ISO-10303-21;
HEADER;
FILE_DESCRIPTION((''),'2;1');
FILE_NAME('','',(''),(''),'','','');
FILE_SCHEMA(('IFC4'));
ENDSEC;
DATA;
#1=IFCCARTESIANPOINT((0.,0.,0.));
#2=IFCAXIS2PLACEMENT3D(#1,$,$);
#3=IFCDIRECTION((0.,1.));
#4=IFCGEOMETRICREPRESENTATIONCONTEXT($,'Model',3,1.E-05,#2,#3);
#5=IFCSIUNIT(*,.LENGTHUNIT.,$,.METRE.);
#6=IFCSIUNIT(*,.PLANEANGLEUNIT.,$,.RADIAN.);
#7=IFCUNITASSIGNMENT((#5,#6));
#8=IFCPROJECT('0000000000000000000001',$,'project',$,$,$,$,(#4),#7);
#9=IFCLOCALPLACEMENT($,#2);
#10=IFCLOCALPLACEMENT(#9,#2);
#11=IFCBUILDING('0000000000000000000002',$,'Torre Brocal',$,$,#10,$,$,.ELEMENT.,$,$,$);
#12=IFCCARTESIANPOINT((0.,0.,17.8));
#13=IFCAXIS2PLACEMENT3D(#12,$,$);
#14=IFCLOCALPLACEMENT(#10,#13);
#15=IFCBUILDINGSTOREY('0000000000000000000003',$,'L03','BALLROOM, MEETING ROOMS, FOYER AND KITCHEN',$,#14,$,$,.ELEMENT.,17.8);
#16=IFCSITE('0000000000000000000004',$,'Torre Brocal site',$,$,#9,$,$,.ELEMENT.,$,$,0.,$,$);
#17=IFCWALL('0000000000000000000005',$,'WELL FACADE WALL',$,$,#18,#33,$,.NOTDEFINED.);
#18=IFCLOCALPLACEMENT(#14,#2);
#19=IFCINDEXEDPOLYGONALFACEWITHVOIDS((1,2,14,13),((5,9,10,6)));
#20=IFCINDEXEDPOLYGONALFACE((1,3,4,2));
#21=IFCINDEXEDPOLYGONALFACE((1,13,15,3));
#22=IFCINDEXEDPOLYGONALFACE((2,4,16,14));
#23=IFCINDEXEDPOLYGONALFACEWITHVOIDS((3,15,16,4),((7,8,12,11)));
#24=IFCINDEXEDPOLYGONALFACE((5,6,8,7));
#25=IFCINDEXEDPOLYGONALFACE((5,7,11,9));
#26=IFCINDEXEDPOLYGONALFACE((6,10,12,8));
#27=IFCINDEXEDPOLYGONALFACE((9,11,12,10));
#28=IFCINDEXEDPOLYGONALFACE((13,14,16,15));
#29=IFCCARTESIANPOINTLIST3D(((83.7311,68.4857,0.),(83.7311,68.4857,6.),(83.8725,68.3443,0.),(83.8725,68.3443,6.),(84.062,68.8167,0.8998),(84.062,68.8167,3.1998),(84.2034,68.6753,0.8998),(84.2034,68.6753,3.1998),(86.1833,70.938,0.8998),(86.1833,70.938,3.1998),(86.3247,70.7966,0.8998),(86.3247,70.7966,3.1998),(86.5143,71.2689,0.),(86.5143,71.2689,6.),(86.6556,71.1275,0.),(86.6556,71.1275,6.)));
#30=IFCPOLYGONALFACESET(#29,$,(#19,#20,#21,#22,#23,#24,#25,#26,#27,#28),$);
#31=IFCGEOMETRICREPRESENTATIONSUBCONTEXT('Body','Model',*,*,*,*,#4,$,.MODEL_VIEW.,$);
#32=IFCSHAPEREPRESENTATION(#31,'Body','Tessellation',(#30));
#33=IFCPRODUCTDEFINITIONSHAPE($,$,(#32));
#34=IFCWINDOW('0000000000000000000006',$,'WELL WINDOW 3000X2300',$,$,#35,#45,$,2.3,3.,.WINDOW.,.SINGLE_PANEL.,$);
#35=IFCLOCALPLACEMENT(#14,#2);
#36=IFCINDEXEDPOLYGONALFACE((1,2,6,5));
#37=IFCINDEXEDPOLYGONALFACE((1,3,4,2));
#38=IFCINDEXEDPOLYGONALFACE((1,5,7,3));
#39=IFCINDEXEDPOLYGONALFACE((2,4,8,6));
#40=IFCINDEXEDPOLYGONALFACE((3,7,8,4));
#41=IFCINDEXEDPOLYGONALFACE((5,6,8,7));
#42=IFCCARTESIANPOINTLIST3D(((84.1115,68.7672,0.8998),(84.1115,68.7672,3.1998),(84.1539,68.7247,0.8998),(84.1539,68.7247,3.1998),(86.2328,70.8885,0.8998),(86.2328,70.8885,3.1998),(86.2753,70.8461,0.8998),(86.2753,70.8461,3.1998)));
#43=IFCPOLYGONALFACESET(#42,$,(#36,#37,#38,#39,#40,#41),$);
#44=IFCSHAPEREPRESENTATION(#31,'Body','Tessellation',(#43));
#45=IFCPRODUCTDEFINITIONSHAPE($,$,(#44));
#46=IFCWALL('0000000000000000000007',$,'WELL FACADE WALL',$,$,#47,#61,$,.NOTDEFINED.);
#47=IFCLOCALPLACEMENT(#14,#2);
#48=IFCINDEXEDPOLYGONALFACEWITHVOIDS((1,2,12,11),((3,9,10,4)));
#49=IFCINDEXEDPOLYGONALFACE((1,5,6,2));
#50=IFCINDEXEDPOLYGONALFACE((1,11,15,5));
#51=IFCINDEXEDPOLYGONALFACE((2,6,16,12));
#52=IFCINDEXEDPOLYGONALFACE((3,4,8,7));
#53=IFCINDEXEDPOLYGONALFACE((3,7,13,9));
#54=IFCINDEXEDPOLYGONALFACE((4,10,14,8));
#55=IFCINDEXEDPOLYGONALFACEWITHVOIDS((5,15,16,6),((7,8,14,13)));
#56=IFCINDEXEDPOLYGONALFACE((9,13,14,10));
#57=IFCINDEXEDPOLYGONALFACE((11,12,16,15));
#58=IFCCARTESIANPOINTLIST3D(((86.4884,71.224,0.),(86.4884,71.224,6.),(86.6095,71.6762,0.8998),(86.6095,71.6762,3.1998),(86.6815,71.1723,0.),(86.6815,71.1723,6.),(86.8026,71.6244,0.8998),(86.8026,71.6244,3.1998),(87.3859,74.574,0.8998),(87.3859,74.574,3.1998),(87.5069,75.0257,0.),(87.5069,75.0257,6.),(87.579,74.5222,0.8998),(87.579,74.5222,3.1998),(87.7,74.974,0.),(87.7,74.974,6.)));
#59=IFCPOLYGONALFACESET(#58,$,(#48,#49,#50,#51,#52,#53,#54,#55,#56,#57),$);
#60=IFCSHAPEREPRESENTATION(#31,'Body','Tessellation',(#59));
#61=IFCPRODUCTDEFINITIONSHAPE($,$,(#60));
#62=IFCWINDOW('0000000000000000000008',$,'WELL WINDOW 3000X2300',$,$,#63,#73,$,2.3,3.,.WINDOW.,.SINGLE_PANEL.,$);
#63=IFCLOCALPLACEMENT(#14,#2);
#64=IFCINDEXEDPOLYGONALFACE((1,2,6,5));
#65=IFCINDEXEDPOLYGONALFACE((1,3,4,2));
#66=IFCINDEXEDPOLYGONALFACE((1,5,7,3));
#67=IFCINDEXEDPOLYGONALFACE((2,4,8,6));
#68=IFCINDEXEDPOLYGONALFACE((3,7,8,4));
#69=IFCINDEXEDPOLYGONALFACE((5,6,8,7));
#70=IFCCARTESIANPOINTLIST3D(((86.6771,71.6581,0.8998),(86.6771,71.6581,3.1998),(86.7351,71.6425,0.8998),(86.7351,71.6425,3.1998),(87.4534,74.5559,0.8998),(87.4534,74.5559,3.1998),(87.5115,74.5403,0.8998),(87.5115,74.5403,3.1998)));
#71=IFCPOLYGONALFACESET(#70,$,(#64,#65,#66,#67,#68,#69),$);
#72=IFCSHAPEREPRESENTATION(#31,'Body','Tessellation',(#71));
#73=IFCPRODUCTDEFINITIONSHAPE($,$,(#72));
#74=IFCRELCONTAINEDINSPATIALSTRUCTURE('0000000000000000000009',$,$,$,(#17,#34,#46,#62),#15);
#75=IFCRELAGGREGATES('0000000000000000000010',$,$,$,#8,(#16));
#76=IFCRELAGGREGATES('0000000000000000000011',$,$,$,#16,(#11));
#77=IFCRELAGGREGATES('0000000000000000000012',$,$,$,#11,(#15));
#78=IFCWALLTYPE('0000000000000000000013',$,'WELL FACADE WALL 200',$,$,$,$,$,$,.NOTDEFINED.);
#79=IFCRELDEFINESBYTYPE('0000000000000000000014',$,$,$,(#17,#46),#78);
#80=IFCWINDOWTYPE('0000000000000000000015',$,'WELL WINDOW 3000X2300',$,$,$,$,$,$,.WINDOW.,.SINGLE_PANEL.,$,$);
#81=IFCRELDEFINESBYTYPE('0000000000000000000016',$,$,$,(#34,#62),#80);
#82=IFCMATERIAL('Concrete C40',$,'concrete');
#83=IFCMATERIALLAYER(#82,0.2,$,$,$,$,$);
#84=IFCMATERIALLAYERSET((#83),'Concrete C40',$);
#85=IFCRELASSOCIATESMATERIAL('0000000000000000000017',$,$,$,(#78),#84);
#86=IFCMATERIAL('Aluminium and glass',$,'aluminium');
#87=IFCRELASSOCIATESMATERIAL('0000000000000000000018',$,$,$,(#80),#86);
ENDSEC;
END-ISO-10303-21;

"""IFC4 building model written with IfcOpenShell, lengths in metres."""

from ifc_helpers import new_model, si_unit, direction, frame, frame_2d, origin, place, context, subcontext, project, spatial, rectangle, extrude, material, layer, layer_set, type_object, element, fill, save


model = new_model("IFC4")

# Units and contexts
model_context = context("Model", 3, precision=1e-05, world=origin(), true_north=direction((0.0, 1.0)))
body_context = subcontext(model_context, "Body", "Model", "MODEL_VIEW")
ifc_project = project(units=[si_unit("LENGTHUNIT", "METRE"), si_unit("PLANEANGLEUNIT", "RADIAN")], contexts=[model_context])

# Site, building, storey
site_placement = place(None, origin())
site = spatial("IfcSite", under=ifc_project, at=site_placement, Name="Torre Brocal site", CompositionType="ELEMENT", RefElevation=0.0)
building_placement = place(site_placement, origin())
building = spatial("IfcBuilding", under=site, at=building_placement, Name="Torre Brocal", CompositionType="ELEMENT")
storey_placement = place(building_placement, frame((0.0, 0.0, 17.8)))
storey = spatial("IfcBuildingStorey", under=building, at=storey_placement, Name="L03", Description="BALLROOM, MEETING ROOMS, FOYER AND KITCHEN", CompositionType="ELEMENT", Elevation=17.8)

# Walls, openings, windows
ifc_material_1 = material(Name="Concrete C40", Category="concrete")
ifc_layer_1 = layer(ifc_material_1, 0.2)
ifc_layer_set_1 = layer_set([ifc_layer_1], Name="Concrete C40")
wall_type_1 = type_object("IfcWallType", Name="WELL FACADE WALL 200", PredefinedType="NOTDEFINED", material=ifc_layer_set_1)
ifc_material_2 = material(Name="Aluminium and glass", Category="aluminium")
window_type = type_object("IfcWindowType", Name="WELL WINDOW 3000X2300", PartitioningType="SINGLE_PANEL", PredefinedType="WINDOW", material=ifc_material_2)
wall_1_placement = place(storey_placement, frame((83.8018, 68.415, 0.0), z_axis=(0.0, 0.0, 1.0), x_axis=(0.707107, 0.707107, 0.0)))
wall_1 = element("IfcWall", 1, at=wall_1_placement, inside=storey, type_object=wall_type_1, Name="WELL FACADE WALL", PredefinedType="NOTDEFINED", context=body_context, shape_type="SweptSolid", body=[
    extrude(rectangle(XDim=3.936, YDim=0.2, at=frame_2d((1.968, 0.0))), origin(), (0.0, 0.0, 1.0), 6.0),
])
opening_1_placement = place(wall_1_placement, frame((0.468, 0.0, 0.8999)))
opening_1 = element("IfcOpeningElement", 2, at=opening_1_placement, cuts=wall_1, PredefinedType="OPENING", context=body_context, shape_type="SweptSolid", body=[
    extrude(rectangle(XDim=3.0, YDim=2.3, at=frame_2d((1.5, 1.1499))), frame((0.0, 0.1099, 0.0), z_axis=(0.0, -1.0, 0.0), x_axis=(1.0, 0.0, 0.0)), (0.0, 0.0, 1.0), 0.22),
])
window_1_placement = place(opening_1_placement, origin())
window_1 = element("IfcWindow", 3, at=window_1_placement, inside=storey, type_object=window_type, Name="WELL WINDOW 3000X2300", OverallHeight=2.3, OverallWidth=3.0, PartitioningType="SINGLE_PANEL", PredefinedType="WINDOW", context=body_context, shape_type="SweptSolid", body=[
    extrude(rectangle(XDim=3.0, YDim=2.3, at=frame_2d((1.5, 1.1499))), frame((0.0, 0.03, 0.0), z_axis=(0.0, -1.0, 0.0), x_axis=(1.0, 0.0, 0.0)), (0.0, 0.0, 1.0), 0.0601),
])
fill(opening_1, window_1)
wall_2_placement = place(storey_placement, frame((86.585, 71.1982, 0.0), z_axis=(0.0, 0.0, 1.0), x_axis=(0.25879, 0.965934, 0.0)))
wall_2 = element("IfcWall", 4, at=wall_2_placement, inside=storey, type_object=wall_type_1, Name="WELL FACADE WALL", PredefinedType="NOTDEFINED", context=body_context, shape_type="SweptSolid", body=[
    extrude(rectangle(XDim=3.9358, YDim=0.2, at=frame_2d((1.9678, 0.0))), origin(), (0.0, 0.0, 1.0), 6.0),
])
opening_2_placement = place(wall_2_placement, frame((0.468, 0.0, 0.8999)))
opening_2 = element("IfcOpeningElement", 5, at=opening_2_placement, cuts=wall_2, PredefinedType="OPENING", context=body_context, shape_type="SweptSolid", body=[
    extrude(rectangle(XDim=3.0, YDim=2.3, at=frame_2d((1.5, 1.1499))), frame((0.0, 0.1099, 0.0), z_axis=(0.0, -1.0, 0.0), x_axis=(1.0, 0.0, 0.0)), (0.0, 0.0, 1.0), 0.22),
])
window_2_placement = place(opening_2_placement, origin())
window_2 = element("IfcWindow", 6, at=window_2_placement, inside=storey, type_object=window_type, Name="WELL WINDOW 3000X2300", OverallHeight=2.3, OverallWidth=3.0, PartitioningType="SINGLE_PANEL", PredefinedType="WINDOW", context=body_context, shape_type="SweptSolid", body=[
    extrude(rectangle(XDim=3.0, YDim=2.3, at=frame_2d((1.5, 1.1499))), frame((0.0, 0.03, 0.0), z_axis=(0.0, -1.0, 0.0), x_axis=(1.0, 0.0, 0.0)), (0.0, 0.0, 1.0), 0.0601),
])
fill(opening_2, window_2)

save(model, "model.ifc")
